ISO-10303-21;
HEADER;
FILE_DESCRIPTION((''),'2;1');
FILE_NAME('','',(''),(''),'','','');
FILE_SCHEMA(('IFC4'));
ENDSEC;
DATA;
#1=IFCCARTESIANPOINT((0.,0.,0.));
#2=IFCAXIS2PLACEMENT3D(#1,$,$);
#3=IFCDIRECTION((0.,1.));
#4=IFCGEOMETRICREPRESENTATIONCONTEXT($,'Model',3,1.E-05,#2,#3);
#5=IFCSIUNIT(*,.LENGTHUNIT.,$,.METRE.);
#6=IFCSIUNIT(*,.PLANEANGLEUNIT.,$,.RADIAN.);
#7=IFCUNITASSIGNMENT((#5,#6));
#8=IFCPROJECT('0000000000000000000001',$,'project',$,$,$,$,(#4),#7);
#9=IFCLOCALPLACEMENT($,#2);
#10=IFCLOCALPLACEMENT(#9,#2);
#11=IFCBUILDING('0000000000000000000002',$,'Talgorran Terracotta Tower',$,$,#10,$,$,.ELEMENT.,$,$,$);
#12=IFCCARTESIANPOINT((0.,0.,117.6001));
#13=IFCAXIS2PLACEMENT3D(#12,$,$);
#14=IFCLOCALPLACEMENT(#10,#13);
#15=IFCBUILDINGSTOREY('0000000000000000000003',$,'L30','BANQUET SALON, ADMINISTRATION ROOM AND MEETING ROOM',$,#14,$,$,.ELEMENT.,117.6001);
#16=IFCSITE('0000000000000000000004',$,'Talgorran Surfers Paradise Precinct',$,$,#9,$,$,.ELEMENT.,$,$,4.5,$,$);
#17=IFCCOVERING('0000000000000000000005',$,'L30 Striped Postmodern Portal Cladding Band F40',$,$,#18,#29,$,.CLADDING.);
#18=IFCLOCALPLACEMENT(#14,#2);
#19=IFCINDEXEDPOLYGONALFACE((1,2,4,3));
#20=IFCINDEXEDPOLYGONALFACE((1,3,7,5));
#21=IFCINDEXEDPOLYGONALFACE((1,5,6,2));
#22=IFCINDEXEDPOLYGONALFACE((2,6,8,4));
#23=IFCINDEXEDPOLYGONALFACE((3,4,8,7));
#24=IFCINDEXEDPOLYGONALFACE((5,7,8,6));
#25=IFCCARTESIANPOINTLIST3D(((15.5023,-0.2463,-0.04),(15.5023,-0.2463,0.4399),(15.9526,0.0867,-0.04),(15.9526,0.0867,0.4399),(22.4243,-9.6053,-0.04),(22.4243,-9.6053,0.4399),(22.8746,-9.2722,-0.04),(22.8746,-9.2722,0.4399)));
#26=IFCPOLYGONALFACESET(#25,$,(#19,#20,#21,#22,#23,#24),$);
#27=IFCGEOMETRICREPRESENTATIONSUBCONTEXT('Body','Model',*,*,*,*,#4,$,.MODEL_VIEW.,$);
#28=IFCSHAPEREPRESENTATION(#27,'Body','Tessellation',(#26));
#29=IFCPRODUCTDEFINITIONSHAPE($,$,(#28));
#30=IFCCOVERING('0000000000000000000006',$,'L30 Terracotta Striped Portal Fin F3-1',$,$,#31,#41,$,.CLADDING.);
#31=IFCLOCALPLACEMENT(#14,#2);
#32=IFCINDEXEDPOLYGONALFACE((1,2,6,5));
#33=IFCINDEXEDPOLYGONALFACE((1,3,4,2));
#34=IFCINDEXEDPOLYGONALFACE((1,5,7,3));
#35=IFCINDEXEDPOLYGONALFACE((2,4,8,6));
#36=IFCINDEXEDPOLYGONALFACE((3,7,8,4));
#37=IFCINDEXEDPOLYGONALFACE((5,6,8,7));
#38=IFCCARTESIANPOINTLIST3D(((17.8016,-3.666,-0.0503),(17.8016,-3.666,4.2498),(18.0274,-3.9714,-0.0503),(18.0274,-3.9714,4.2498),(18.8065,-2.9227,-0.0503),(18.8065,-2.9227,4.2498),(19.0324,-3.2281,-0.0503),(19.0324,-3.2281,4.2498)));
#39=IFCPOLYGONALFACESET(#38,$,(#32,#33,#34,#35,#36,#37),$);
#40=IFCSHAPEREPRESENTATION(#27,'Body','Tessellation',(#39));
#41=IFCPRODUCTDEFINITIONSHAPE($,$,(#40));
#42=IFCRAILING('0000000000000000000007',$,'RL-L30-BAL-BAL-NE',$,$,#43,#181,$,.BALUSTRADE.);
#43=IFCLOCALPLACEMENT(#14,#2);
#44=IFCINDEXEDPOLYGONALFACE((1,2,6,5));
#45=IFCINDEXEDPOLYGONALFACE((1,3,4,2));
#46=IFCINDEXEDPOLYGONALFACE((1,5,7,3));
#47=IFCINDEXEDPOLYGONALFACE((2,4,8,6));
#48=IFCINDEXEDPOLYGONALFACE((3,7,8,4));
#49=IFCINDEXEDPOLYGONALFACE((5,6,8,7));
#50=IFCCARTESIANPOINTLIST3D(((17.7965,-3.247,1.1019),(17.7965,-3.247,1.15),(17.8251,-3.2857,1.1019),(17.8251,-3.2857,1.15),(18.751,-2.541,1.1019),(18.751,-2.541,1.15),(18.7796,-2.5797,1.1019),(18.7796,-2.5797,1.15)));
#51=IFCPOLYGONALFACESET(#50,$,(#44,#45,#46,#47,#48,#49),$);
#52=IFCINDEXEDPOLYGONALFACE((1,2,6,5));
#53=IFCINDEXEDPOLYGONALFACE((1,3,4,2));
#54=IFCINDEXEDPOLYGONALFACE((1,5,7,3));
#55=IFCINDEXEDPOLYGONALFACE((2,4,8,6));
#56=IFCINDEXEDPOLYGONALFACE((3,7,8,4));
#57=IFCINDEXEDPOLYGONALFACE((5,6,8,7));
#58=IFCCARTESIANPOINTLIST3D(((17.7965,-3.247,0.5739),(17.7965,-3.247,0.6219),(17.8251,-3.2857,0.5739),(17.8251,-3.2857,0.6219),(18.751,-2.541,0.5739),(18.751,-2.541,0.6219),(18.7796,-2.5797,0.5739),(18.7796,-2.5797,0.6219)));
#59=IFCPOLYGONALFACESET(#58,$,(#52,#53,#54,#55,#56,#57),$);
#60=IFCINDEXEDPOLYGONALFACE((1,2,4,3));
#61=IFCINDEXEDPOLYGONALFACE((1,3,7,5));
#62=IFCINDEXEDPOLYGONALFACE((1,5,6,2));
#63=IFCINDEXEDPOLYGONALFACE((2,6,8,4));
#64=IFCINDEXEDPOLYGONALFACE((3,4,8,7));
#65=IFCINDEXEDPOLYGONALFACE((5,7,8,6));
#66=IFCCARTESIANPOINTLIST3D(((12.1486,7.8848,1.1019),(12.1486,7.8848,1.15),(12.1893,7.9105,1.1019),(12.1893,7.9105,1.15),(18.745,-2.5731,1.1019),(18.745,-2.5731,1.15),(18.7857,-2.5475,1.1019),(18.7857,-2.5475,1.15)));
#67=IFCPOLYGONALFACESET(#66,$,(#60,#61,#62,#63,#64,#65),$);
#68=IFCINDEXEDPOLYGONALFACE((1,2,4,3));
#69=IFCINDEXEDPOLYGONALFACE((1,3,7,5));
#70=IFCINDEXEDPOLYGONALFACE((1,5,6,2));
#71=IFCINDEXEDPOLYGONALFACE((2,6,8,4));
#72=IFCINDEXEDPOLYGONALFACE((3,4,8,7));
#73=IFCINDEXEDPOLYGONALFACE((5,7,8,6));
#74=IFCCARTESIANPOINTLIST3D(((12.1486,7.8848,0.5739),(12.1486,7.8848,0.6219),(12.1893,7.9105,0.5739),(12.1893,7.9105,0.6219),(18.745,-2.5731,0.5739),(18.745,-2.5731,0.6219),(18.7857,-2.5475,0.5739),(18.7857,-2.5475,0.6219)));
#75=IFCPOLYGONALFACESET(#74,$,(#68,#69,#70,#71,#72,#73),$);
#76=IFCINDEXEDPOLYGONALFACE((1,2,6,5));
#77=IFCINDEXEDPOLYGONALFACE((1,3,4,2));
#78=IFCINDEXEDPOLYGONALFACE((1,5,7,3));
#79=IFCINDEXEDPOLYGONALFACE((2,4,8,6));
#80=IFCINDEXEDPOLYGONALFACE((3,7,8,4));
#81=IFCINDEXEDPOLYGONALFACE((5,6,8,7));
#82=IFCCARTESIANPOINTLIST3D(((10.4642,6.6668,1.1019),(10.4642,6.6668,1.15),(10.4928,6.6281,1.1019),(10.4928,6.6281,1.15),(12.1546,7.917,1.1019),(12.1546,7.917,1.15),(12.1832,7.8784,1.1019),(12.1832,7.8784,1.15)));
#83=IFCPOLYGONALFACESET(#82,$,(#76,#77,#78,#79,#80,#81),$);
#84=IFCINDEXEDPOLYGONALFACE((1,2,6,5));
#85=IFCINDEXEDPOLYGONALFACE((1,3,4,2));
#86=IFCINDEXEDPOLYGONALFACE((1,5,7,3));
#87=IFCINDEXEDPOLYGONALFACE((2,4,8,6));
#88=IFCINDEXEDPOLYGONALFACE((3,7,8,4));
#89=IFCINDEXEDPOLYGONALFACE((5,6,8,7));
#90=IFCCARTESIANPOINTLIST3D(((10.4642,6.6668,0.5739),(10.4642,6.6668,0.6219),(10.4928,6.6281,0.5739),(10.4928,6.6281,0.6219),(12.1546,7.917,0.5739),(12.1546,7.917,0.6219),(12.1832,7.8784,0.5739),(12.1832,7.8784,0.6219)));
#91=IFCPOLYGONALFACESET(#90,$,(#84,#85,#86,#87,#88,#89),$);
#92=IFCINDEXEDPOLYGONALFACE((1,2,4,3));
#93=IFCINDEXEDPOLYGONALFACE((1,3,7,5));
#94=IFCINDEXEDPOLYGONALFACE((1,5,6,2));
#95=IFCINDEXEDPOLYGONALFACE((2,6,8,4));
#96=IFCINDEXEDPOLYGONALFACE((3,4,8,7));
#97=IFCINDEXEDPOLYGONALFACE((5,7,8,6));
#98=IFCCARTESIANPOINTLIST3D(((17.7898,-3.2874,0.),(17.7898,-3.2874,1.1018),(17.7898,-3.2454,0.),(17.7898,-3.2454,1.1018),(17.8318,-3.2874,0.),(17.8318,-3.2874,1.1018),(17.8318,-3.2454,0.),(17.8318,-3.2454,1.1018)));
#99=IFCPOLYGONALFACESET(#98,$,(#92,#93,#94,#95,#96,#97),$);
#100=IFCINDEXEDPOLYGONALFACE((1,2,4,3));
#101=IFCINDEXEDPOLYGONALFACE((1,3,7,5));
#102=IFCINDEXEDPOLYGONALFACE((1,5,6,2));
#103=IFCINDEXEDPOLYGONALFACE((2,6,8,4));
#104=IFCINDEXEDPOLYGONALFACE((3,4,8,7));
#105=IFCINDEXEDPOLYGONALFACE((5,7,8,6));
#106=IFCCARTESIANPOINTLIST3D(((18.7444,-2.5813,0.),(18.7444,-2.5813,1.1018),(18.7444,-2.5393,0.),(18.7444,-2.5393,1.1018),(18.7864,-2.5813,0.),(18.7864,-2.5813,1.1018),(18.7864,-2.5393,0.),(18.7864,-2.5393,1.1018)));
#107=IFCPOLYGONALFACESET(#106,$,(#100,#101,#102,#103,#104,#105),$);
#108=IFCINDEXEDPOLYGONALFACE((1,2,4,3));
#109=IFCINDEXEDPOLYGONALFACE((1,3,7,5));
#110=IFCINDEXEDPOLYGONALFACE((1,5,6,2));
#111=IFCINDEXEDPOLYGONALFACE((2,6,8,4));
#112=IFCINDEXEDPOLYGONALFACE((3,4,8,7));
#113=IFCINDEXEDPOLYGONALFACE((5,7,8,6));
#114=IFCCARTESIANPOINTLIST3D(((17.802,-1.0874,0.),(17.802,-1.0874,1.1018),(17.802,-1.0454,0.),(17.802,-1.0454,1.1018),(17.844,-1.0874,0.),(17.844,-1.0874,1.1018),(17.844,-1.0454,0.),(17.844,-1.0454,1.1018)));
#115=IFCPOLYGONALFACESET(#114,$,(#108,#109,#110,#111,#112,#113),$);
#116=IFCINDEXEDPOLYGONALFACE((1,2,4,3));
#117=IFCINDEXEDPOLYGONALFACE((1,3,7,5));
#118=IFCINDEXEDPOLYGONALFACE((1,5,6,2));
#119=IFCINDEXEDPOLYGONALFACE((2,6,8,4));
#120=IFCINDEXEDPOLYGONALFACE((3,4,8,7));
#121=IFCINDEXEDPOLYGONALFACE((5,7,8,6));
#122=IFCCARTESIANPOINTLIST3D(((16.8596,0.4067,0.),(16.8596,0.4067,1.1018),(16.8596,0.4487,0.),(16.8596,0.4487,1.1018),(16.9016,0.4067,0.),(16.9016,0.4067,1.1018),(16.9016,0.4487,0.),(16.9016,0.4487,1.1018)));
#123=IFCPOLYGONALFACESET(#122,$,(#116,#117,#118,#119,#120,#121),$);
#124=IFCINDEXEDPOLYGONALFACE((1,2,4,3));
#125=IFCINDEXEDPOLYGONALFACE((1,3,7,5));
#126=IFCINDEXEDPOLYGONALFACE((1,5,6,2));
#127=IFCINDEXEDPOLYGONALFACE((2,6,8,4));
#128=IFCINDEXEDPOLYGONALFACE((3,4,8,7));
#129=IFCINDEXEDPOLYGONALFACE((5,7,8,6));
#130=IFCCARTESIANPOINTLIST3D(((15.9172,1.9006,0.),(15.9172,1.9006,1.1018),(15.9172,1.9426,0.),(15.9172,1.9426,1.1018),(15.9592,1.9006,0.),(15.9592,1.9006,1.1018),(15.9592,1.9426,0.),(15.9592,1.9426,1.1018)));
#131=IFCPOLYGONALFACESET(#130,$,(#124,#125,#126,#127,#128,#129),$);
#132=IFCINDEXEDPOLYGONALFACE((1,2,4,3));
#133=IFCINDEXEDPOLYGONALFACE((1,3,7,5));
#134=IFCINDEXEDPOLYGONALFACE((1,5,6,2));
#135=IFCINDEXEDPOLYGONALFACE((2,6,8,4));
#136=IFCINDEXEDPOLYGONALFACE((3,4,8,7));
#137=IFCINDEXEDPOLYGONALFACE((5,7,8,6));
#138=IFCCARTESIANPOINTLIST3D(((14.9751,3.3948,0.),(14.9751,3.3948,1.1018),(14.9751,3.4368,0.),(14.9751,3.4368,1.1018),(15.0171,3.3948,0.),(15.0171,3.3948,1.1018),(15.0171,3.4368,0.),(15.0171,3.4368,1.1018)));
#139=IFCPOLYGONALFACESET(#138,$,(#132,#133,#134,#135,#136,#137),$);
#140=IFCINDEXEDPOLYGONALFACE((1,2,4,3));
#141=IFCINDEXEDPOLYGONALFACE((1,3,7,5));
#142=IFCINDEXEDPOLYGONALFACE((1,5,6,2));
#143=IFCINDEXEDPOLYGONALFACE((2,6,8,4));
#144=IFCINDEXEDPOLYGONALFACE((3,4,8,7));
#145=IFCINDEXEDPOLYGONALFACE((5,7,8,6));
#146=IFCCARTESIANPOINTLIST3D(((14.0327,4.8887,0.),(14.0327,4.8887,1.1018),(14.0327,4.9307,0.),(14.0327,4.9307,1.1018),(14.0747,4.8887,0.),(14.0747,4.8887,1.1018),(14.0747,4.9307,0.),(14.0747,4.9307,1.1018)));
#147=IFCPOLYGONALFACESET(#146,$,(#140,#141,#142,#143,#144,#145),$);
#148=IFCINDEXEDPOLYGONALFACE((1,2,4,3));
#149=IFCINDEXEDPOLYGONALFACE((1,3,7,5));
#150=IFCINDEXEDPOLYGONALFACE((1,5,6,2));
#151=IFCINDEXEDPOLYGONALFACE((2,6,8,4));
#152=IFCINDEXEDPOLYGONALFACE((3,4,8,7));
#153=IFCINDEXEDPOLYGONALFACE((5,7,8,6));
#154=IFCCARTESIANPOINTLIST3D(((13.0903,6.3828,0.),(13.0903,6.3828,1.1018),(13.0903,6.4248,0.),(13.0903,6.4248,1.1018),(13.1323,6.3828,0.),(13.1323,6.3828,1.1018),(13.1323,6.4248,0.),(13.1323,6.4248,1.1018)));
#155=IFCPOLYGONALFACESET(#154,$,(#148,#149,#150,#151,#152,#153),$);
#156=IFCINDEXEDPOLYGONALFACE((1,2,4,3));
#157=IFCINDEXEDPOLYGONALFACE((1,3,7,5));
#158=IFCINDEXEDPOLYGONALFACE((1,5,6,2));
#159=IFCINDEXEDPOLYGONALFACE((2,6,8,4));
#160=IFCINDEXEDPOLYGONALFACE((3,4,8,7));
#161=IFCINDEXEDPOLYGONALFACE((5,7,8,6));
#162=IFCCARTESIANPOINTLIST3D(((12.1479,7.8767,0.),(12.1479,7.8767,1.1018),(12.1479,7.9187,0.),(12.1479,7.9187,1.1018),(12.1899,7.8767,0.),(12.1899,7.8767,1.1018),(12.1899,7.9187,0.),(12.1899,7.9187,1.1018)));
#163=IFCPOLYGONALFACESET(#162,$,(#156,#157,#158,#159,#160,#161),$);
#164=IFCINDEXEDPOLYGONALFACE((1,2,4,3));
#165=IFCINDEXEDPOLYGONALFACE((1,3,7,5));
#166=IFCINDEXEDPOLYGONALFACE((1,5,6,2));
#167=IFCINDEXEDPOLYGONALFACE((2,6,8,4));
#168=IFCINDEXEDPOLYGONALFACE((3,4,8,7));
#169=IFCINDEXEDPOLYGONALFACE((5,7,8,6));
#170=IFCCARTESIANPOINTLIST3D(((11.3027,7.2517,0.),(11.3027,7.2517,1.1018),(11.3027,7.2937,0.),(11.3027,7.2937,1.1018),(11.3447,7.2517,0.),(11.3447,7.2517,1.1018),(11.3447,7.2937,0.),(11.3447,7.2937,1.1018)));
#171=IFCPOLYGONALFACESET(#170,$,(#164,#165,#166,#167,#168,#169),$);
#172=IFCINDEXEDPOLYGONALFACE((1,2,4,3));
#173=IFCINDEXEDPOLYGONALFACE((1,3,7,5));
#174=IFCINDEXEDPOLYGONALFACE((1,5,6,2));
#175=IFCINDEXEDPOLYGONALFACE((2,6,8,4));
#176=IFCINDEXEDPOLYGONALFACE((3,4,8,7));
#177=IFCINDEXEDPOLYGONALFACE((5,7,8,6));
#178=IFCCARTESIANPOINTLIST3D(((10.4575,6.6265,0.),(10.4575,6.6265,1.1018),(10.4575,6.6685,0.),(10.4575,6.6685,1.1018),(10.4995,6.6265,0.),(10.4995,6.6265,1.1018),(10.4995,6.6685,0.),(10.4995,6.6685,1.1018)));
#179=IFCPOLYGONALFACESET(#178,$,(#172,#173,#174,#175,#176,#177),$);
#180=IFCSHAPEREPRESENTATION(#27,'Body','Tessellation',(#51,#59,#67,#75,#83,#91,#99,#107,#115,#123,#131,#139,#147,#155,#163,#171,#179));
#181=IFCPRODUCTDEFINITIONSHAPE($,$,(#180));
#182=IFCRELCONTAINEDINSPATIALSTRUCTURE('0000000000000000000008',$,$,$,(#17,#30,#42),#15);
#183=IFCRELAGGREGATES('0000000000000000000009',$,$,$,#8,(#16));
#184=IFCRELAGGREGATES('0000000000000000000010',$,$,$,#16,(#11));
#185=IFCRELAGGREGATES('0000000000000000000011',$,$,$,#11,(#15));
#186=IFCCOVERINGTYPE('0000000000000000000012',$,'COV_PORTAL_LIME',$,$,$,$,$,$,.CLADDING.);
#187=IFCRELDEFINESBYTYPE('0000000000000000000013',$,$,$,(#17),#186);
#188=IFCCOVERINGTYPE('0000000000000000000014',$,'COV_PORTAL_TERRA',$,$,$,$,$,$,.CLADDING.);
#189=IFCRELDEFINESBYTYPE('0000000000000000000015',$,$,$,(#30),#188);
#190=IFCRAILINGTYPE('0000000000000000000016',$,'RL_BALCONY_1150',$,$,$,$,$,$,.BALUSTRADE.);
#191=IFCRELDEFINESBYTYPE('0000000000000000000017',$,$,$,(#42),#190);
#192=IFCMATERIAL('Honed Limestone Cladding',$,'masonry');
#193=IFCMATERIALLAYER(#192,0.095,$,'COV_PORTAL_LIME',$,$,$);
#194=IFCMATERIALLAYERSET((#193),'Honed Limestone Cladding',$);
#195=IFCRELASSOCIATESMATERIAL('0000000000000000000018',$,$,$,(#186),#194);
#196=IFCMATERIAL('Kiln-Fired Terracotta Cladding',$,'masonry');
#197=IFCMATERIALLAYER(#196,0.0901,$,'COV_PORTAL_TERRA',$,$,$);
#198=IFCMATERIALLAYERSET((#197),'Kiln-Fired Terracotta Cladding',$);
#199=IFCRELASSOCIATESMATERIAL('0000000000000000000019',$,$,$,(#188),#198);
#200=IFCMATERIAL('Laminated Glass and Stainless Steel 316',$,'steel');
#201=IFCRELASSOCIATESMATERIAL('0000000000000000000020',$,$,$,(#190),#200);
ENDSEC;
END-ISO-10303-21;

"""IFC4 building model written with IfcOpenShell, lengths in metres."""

from ifc_helpers import new_model, si_unit, direction, frame, origin, origin_2d, place, context, subcontext, project, spatial, rectangle, extrude, material, layer, layer_set, type_object, element, save


model = new_model("IFC4")

# Units and contexts
model_context = context("Model", 3, precision=1e-05, world=origin(), true_north=direction((0.0, 1.0)))
body_context = subcontext(model_context, "Body", "Model", "MODEL_VIEW")
ifc_project = project(units=[si_unit("LENGTHUNIT", "METRE"), si_unit("PLANEANGLEUNIT", "RADIAN")], contexts=[model_context])

# Site, building, storey
site_placement = place(None, origin())
site = spatial("IfcSite", under=ifc_project, at=site_placement, Name="Talgorran Surfers Paradise Precinct", CompositionType="ELEMENT", RefElevation=4.5)
building_placement = place(site_placement, origin())
building = spatial("IfcBuilding", under=site, at=building_placement, Name="Talgorran Terracotta Tower", CompositionType="ELEMENT")
storey_placement = place(building_placement, frame((0.0, 0.0, 117.6001)))
storey = spatial("IfcBuildingStorey", under=building, at=storey_placement, Name="L30", Description="BANQUET SALON, ADMINISTRATION ROOM AND MEETING ROOM", CompositionType="ELEMENT", Elevation=117.6001)

# Coverings
ifc_material_1 = material(Name="Honed Limestone Cladding", Category="masonry")
ifc_layer_1 = layer(ifc_material_1, 0.095, Name="COV_PORTAL_LIME")
ifc_layer_set_1 = layer_set([ifc_layer_1], Name="Honed Limestone Cladding")
covering_type_1 = type_object("IfcCoveringType", Name="COV_PORTAL_LIME", PredefinedType="CLADDING", material=ifc_layer_set_1)
covering_1_placement = place(storey_placement, frame((19.1885, -4.7593, -0.04), z_axis=(0.0, 0.0, 1.0), x_axis=(-0.59464, 0.803992, 0.0)))
element("IfcCovering", 1, at=covering_1_placement, inside=storey, type_object=covering_type_1, Name="L30 Striped Postmodern Portal Cladding Band F40", PredefinedType="CLADDING", context=body_context, shape_type="SweptSolid", body=[
    extrude(rectangle(XDim=11.6406, YDim=0.5601, at=origin_2d()), origin(), (0.0, 0.0, 1.0), 0.48),
])
ifc_material_2 = material(Name="Kiln-Fired Terracotta Cladding", Category="masonry")
ifc_layer_2 = layer(ifc_material_2, 0.0901, Name="COV_PORTAL_TERRA")
ifc_layer_set_2 = layer_set([ifc_layer_2], Name="Kiln-Fired Terracotta Cladding")
covering_type_2 = type_object("IfcCoveringType", Name="COV_PORTAL_TERRA", PredefinedType="CLADDING", material=ifc_layer_set_2)
covering_2_placement = place(storey_placement, frame((18.417, -3.447, -0.0503), z_axis=(0.0, 0.0, 1.0), x_axis=(-0.59464, 0.803992, 0.0)))
element("IfcCovering", 2, at=covering_2_placement, inside=storey, type_object=covering_type_2, Name="L30 Terracotta Striped Portal Fin F3-1", PredefinedType="CLADDING", context=body_context, shape_type="SweptSolid", body=[
    extrude(rectangle(XDim=0.3799, YDim=1.25, at=origin_2d()), origin(), (0.0, 0.0, 1.0), 4.3),
])

# Railing
ifc_material_3 = material(Name="Laminated Glass and Stainless Steel 316", Category="steel")
railing_type = type_object("IfcRailingType", Name="RL_BALCONY_1150", PredefinedType="BALUSTRADE", material=ifc_material_3)
railing_placement = place(storey_placement, frame((17.8108, -3.2664, 0.0)))
element("IfcRailing", 3, at=railing_placement, inside=storey, type_object=railing_type, Name="RL-L30-BAL-BAL-NE", PredefinedType="BALUSTRADE", context=body_context, shape_type="SweptSolid", body=[
    extrude(rectangle(XDim=0.0481, YDim=0.0481, at=origin_2d()), frame((0.0, 0.0, 1.126), z_axis=(0.80398, 0.594657, 0.0), x_axis=(-0.594657, 0.80398, 0.0)), (0.0, 0.0, 1.0), 1.1873),
    extrude(rectangle(XDim=0.0481, YDim=0.0481, at=origin_2d()), frame((0.0, 0.0, 0.5979), z_axis=(0.80398, 0.594657, 0.0), x_axis=(-0.594657, 0.80398, 0.0)), (0.0, 0.0, 1.0), 1.1873),
    extrude(rectangle(XDim=0.0481, YDim=0.0481, at=origin_2d()), frame((0.9546, 0.7061, 1.126), z_axis=(-0.533494, 0.845804, 0.0), x_axis=(-0.845804, -0.533494, 0.0)), (0.0, 0.0, 1.0), 12.3645),
    extrude(rectangle(XDim=0.0481, YDim=0.0481, at=origin_2d()), frame((0.9546, 0.7061, 0.5979), z_axis=(-0.533494, 0.845804, 0.0), x_axis=(-0.845804, -0.533494, 0.0)), (0.0, 0.0, 1.0), 12.3645),
    extrude(rectangle(XDim=0.0481, YDim=0.0481, at=origin_2d()), frame((-5.6418, 11.1641, 1.126), z_axis=(-0.803995, -0.594636, 0.0), x_axis=(0.594636, -0.803995, 0.0)), (0.0, 0.0, 1.0), 2.1025),
    extrude(rectangle(XDim=0.0481, YDim=0.0481, at=origin_2d()), frame((-5.6418, 11.1641, 0.5979), z_axis=(-0.803995, -0.594636, 0.0), x_axis=(0.594636, -0.803995, 0.0)), (0.0, 0.0, 1.0), 2.1025),
    extrude(rectangle(XDim=0.042, YDim=0.042, at=origin_2d()), origin(), (0.0, 0.0, 1.0), 1.1018),
    extrude(rectangle(XDim=0.042, YDim=0.042, at=origin_2d()), frame((0.9546, 0.7061, 0.0)), (0.0, 0.0, 1.0), 1.1018),
    extrude(rectangle(XDim=0.042, YDim=0.042, at=origin_2d()), frame((0.0122, 2.2, 0.0)), (0.0, 0.0, 1.0), 1.1018),
    extrude(rectangle(XDim=0.042, YDim=0.042, at=origin_2d()), frame((-0.9302, 3.6941, 0.0)), (0.0, 0.0, 1.0), 1.1018),
    extrude(rectangle(XDim=0.042, YDim=0.042, at=origin_2d()), frame((-1.8726, 5.188, 0.0)), (0.0, 0.0, 1.0), 1.1018),
    extrude(rectangle(XDim=0.042, YDim=0.042, at=origin_2d()), frame((-2.8147, 6.6821, 0.0)), (0.0, 0.0, 1.0), 1.1018),
    extrude(rectangle(XDim=0.042, YDim=0.042, at=origin_2d()), frame((-3.7571, 8.176, 0.0)), (0.0, 0.0, 1.0), 1.1018),
    extrude(rectangle(XDim=0.042, YDim=0.042, at=origin_2d()), frame((-4.6995, 9.6702, 0.0)), (0.0, 0.0, 1.0), 1.1018),
    extrude(rectangle(XDim=0.042, YDim=0.042, at=origin_2d()), frame((-5.6418, 11.1641, 0.0)), (0.0, 0.0, 1.0), 1.1018),
    extrude(rectangle(XDim=0.042, YDim=0.042, at=origin_2d()), frame((-6.4871, 10.5391, 0.0)), (0.0, 0.0, 1.0), 1.1018),
    extrude(rectangle(XDim=0.042, YDim=0.042, at=origin_2d()), frame((-7.3323, 9.9138, 0.0)), (0.0, 0.0, 1.0), 1.1018),
])

save(model, "model.ifc")
